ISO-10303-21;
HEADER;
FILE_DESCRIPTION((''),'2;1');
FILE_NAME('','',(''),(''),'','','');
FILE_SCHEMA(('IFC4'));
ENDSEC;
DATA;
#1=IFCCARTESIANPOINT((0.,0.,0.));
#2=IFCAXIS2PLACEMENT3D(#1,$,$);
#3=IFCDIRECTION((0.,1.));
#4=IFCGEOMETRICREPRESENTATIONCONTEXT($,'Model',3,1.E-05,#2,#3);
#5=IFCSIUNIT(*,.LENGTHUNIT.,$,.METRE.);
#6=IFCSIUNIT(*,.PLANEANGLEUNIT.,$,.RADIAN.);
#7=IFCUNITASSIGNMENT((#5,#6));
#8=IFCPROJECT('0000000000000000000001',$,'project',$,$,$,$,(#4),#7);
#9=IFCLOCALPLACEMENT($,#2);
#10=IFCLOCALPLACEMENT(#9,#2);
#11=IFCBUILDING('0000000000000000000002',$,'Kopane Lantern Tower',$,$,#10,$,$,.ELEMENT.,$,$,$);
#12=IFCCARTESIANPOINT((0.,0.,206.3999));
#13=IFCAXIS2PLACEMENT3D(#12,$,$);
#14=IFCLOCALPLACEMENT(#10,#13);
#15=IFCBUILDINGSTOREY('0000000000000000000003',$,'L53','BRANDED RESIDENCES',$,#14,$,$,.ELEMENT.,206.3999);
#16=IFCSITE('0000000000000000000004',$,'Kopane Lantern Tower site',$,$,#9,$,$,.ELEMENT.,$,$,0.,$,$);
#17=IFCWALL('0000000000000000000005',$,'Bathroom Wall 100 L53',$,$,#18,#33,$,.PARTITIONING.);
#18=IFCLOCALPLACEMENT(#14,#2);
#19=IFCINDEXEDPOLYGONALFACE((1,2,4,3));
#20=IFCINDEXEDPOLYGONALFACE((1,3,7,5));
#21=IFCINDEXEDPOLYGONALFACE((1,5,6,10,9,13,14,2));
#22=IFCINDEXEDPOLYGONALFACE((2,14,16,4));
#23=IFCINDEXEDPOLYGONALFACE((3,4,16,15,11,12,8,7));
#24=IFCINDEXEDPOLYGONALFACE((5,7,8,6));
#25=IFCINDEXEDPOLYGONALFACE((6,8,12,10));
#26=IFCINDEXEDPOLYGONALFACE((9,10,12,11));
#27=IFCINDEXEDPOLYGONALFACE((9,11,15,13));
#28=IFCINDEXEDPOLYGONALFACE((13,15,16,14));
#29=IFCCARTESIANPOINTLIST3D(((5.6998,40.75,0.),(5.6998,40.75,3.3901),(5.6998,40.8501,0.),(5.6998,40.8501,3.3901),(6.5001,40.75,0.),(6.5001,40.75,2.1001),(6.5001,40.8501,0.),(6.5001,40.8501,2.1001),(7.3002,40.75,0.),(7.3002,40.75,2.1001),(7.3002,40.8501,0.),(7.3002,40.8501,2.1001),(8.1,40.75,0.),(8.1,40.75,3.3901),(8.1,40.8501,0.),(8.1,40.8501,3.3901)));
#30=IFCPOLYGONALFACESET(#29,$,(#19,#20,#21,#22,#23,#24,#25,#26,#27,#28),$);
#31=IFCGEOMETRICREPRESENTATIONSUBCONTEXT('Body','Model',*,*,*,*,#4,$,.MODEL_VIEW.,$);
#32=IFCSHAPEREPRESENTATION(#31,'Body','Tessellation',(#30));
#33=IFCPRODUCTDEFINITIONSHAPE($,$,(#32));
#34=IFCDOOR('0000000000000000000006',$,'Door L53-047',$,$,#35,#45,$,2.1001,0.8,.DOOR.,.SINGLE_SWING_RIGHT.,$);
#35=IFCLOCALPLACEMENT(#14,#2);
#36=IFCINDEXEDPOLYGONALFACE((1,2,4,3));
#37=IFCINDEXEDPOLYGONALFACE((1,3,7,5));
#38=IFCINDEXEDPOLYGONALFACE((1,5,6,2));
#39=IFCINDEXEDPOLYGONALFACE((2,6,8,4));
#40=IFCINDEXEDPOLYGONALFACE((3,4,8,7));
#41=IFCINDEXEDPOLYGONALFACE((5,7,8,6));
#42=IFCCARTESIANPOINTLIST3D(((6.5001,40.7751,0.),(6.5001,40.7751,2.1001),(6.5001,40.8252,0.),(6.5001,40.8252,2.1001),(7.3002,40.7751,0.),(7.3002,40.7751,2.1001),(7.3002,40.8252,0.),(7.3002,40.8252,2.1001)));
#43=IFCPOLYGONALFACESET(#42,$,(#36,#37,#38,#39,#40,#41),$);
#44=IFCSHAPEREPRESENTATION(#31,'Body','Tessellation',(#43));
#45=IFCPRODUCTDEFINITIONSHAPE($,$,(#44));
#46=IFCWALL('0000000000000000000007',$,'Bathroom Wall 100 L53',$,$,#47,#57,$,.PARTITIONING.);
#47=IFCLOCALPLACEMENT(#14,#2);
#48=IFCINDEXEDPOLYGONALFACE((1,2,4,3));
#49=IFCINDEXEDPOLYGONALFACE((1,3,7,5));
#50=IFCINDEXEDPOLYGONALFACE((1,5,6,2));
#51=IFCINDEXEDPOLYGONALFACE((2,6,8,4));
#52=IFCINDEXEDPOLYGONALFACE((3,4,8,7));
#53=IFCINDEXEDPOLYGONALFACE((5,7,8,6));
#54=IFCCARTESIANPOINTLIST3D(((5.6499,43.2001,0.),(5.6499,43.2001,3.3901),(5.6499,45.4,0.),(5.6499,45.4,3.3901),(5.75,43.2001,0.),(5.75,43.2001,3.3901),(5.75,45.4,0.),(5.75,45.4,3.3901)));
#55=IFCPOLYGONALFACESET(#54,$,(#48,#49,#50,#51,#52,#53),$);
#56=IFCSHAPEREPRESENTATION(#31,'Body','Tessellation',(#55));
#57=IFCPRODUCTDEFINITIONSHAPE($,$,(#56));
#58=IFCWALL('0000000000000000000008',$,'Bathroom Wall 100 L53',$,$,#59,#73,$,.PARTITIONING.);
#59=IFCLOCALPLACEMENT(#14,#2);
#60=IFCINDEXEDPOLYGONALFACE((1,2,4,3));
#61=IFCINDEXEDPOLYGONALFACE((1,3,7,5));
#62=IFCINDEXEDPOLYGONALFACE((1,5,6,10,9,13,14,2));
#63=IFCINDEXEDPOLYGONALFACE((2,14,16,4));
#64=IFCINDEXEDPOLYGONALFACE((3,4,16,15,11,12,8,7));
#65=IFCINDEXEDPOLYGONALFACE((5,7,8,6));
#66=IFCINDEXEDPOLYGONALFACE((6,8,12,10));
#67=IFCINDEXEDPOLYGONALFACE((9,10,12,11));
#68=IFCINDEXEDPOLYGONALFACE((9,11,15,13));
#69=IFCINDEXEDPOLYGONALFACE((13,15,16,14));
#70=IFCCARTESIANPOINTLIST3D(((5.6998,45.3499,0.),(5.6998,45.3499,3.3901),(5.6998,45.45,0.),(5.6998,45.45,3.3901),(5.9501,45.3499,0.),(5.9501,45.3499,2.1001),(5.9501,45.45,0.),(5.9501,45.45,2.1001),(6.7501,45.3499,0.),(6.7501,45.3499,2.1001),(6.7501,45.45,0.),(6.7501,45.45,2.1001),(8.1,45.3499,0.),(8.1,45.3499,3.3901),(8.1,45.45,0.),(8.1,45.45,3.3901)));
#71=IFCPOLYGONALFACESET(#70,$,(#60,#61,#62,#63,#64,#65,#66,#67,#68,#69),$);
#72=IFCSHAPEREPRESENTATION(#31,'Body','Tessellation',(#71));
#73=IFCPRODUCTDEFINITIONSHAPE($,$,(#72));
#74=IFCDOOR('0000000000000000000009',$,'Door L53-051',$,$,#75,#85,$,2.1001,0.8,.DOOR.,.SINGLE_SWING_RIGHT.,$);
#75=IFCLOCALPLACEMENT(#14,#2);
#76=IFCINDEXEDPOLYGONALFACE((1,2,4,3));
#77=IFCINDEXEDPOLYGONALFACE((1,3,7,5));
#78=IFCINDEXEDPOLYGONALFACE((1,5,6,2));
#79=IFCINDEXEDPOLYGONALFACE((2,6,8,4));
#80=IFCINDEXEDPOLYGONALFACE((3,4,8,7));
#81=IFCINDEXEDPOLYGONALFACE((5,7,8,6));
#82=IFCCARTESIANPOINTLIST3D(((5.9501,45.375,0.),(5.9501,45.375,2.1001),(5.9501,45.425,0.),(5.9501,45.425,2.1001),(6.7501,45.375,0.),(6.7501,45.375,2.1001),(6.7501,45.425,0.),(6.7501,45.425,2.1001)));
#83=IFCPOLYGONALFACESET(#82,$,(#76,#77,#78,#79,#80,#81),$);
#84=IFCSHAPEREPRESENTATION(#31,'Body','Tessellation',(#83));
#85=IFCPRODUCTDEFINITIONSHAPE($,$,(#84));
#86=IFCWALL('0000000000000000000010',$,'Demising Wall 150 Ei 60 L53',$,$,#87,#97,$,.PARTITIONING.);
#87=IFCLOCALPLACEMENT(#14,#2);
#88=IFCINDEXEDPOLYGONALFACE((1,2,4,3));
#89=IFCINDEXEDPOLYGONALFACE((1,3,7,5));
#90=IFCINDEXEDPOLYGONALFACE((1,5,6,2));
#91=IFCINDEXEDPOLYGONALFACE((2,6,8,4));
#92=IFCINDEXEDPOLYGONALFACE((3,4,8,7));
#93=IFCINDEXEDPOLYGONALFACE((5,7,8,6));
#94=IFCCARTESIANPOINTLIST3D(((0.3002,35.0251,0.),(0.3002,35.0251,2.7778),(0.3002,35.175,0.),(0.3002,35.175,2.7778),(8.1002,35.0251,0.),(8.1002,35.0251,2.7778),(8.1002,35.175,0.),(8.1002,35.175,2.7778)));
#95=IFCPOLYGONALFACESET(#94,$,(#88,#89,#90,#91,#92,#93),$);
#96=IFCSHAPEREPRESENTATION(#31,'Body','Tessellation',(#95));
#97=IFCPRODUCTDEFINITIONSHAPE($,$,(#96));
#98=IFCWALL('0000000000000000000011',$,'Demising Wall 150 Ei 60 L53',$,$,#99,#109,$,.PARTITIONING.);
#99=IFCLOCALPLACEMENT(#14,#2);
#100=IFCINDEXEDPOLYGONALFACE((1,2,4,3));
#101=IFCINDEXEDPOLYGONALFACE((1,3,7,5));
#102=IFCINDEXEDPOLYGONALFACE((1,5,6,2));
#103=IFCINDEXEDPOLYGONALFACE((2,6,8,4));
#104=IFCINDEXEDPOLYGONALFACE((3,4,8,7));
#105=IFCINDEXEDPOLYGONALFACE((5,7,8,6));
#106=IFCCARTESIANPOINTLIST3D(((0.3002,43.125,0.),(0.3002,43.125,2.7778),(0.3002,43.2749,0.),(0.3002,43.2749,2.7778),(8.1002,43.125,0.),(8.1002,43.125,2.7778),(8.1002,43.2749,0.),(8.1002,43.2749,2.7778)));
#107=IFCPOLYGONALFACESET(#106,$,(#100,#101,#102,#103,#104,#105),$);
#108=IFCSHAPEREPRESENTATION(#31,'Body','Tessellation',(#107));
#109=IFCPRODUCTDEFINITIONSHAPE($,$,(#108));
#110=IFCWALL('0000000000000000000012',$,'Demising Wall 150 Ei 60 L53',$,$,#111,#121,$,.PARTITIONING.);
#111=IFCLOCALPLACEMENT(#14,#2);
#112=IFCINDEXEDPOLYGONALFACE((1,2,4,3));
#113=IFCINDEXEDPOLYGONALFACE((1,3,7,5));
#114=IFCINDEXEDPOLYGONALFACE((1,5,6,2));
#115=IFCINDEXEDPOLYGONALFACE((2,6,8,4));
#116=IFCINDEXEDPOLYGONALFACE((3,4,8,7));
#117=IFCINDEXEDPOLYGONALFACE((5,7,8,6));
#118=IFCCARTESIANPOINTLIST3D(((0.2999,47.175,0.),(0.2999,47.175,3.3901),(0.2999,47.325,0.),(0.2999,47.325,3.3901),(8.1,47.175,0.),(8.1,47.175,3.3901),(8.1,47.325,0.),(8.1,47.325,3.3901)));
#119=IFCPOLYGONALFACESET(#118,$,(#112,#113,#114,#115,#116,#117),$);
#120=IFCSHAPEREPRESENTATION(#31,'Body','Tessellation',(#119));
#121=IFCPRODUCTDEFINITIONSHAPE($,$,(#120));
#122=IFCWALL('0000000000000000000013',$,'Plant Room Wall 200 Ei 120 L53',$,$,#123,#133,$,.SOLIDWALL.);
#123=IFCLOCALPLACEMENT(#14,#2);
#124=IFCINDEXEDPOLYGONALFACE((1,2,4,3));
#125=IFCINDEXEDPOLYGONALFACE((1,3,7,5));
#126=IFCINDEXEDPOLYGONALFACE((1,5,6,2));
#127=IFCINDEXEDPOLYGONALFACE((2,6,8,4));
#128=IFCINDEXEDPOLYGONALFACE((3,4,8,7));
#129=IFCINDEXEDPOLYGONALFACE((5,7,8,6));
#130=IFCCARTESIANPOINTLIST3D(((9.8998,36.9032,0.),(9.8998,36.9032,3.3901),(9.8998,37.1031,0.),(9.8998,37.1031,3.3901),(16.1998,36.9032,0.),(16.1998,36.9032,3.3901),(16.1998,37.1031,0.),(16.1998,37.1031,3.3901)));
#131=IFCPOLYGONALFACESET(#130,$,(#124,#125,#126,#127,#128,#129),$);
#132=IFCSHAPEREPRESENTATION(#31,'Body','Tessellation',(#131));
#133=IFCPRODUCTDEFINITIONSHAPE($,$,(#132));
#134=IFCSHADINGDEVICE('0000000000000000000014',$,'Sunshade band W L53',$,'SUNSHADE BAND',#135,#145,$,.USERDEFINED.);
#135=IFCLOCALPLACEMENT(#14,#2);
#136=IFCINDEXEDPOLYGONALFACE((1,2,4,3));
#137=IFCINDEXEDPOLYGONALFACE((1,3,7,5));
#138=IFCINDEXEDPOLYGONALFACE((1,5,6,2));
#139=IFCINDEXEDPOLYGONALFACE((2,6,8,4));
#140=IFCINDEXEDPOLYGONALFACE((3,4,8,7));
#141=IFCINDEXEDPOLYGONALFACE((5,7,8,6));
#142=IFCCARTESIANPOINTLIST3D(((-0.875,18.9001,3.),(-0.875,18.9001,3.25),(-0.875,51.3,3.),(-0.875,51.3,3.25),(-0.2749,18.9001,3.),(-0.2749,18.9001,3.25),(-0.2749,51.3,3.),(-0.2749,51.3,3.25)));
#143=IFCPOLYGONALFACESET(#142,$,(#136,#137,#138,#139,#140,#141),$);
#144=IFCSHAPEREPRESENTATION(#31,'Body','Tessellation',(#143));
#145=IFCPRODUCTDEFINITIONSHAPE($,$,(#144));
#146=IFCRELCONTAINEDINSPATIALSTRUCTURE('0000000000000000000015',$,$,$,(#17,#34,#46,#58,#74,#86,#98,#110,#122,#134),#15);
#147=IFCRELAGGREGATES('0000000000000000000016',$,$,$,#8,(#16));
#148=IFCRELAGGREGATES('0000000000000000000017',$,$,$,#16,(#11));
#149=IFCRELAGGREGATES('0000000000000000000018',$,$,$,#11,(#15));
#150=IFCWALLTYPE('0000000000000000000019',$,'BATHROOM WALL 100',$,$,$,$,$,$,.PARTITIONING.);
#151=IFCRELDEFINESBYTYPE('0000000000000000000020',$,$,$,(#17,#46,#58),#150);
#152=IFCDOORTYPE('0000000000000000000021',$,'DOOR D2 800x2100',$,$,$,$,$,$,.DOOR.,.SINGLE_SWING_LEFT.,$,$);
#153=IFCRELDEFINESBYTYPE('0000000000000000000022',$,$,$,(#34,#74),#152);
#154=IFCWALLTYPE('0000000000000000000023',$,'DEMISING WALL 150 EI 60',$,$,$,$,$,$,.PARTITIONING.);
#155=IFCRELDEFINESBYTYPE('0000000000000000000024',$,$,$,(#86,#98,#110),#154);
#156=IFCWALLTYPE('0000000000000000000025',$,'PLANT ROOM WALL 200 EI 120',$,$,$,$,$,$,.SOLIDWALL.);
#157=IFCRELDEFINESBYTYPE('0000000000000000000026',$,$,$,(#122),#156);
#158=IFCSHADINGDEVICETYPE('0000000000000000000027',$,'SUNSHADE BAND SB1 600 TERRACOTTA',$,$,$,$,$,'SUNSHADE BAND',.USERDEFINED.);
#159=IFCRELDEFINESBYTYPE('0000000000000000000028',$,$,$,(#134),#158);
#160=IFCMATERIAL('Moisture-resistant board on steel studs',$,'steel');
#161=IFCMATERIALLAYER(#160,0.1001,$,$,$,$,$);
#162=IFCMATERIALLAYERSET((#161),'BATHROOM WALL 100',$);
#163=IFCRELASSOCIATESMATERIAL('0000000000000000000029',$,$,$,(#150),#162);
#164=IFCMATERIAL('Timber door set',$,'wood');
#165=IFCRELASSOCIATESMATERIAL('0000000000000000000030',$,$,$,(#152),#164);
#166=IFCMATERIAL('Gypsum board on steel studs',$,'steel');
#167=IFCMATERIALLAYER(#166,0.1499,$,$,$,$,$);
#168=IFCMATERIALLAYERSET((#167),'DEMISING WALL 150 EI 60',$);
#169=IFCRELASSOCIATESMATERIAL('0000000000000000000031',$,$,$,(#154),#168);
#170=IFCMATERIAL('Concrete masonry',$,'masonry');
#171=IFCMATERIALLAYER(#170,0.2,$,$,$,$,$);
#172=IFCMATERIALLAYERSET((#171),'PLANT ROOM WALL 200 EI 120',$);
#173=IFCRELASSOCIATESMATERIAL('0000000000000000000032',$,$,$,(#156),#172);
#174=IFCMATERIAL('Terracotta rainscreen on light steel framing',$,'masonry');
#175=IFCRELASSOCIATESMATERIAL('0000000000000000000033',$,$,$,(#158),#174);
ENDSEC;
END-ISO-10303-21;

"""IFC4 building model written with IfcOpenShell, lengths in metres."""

from ifc_helpers import new_model, si_unit, direction, frame, frame_2d, origin, origin_2d, place, context, subcontext, project, spatial, rectangle, extrude, material, layer, layer_set, type_object, element, fill, save


model = new_model("IFC4")

# Units and contexts
model_context = context("Model", 3, precision=1e-05, world=origin(), true_north=direction((0.0, 1.0)))
body_context = subcontext(model_context, "Body", "Model", "MODEL_VIEW")
ifc_project = project(units=[si_unit("LENGTHUNIT", "METRE"), si_unit("PLANEANGLEUNIT", "RADIAN")], contexts=[model_context])

# Site, building, storey
site_placement = place(None, origin())
site = spatial("IfcSite", under=ifc_project, at=site_placement, Name="Kopane Lantern Tower site", CompositionType="ELEMENT", RefElevation=0.0)
building_placement = place(site_placement, origin())
building = spatial("IfcBuilding", under=site, at=building_placement, Name="Kopane Lantern Tower", CompositionType="ELEMENT")
storey_placement = place(building_placement, frame((0.0, 0.0, 206.3999)))
storey = spatial("IfcBuildingStorey", under=building, at=storey_placement, Name="L53", Description="BRANDED RESIDENCES", CompositionType="ELEMENT", Elevation=206.3999)

# Wall, opening, door
ifc_material_1 = material(Name="Moisture-resistant board on steel studs", Category="steel")
ifc_layer_1 = layer(ifc_material_1, 0.1001)
ifc_layer_set_1 = layer_set([ifc_layer_1], Name="BATHROOM WALL 100")
wall_type_1 = type_object("IfcWallType", Name="BATHROOM WALL 100", PredefinedType="PARTITIONING", material=ifc_layer_set_1)
ifc_material_2 = material(Name="Timber door set", Category="wood")
door_type = type_object("IfcDoorType", Name="DOOR D2 800x2100", OperationType="SINGLE_SWING_LEFT", PredefinedType="DOOR", material=ifc_material_2)
wall_1_placement = place(storey_placement, frame((8.1001, 40.8, 0.0), z_axis=(0.0, 0.0, 1.0), x_axis=(-1.0, 0.0, 0.0)))
wall_1 = element("IfcWall", 1, at=wall_1_placement, inside=storey, type_object=wall_type_1, Name="Bathroom Wall 100 L53", PredefinedType="PARTITIONING", context=body_context, shape_type="SweptSolid", body=[
    extrude(rectangle(XDim=2.4001, YDim=0.1001, at=frame_2d((1.2002, 0.0))), origin(), (0.0, 0.0, 1.0), 3.3901),
])
opening_1_placement = place(wall_1_placement, frame((0.8, 0.0, 0.0)))
opening_1 = element("IfcOpeningElement", 2, at=opening_1_placement, cuts=wall_1, PredefinedType="OPENING", context=body_context, shape_type="SweptSolid", body=[
    extrude(rectangle(XDim=0.8, YDim=2.1001, at=frame_2d((0.3999, 1.05))), frame((0.0, 0.0601, 0.0), z_axis=(0.0, -1.0, 0.0), x_axis=(1.0, 0.0, 0.0)), (0.0, 0.0, 1.0), 0.1201),
])
door_1_placement = place(opening_1_placement, origin())
door_1 = element("IfcDoor", 3, at=door_1_placement, inside=storey, type_object=door_type, Name="Door L53-047", OperationType="SINGLE_SWING_RIGHT", OverallHeight=2.1001, OverallWidth=0.8, PredefinedType="DOOR", context=body_context, shape_type="SweptSolid", body=[
    extrude(rectangle(XDim=0.8, YDim=2.1001, at=frame_2d((0.3999, 1.05))), frame((0.0, 0.0249, 0.0), z_axis=(0.0, -1.0, 0.0), x_axis=(1.0, 0.0, 0.0)), (0.0, 0.0, 1.0), 0.05),
])
fill(opening_1, door_1)

# Wall
wall_2_placement = place(storey_placement, frame((5.7, 43.2, 0.0), z_axis=(0.0, 0.0, 1.0), x_axis=(0.0, 1.0, 0.0)))
element("IfcWall", 4, at=wall_2_placement, inside=storey, type_object=wall_type_1, Name="Bathroom Wall 100 L53", PredefinedType="PARTITIONING", context=body_context, shape_type="SweptSolid", body=[
    extrude(rectangle(XDim=2.2, YDim=0.1001, at=frame_2d((1.1001, 0.0))), origin(), (0.0, 0.0, 1.0), 3.3901),
])

# Wall, opening, door
wall_3_placement = place(storey_placement, frame((8.1001, 45.3999, 0.0), z_axis=(0.0, 0.0, 1.0), x_axis=(-1.0, 0.0, 0.0)))
wall_3 = element("IfcWall", 5, at=wall_3_placement, inside=storey, type_object=wall_type_1, Name="Bathroom Wall 100 L53", PredefinedType="PARTITIONING", context=body_context, shape_type="SweptSolid", body=[
    extrude(rectangle(XDim=2.4001, YDim=0.1001, at=frame_2d((1.2002, 0.0))), origin(), (0.0, 0.0, 1.0), 3.3901),
])
opening_2_placement = place(wall_3_placement, frame((1.3501, 0.0, 0.0)))
opening_2 = element("IfcOpeningElement", 6, at=opening_2_placement, cuts=wall_3, PredefinedType="OPENING", context=body_context, shape_type="SweptSolid", body=[
    extrude(rectangle(XDim=0.8, YDim=2.1001, at=frame_2d((0.3999, 1.05))), frame((0.0, 0.0601, 0.0), z_axis=(0.0, -1.0, 0.0), x_axis=(1.0, 0.0, 0.0)), (0.0, 0.0, 1.0), 0.1201),
])
door_2_placement = place(opening_2_placement, origin())
door_2 = element("IfcDoor", 7, at=door_2_placement, inside=storey, type_object=door_type, Name="Door L53-051", OperationType="SINGLE_SWING_RIGHT", OverallHeight=2.1001, OverallWidth=0.8, PredefinedType="DOOR", context=body_context, shape_type="SweptSolid", body=[
    extrude(rectangle(XDim=0.8, YDim=2.1001, at=frame_2d((0.3999, 1.05))), frame((0.0, 0.0249, 0.0), z_axis=(0.0, -1.0, 0.0), x_axis=(1.0, 0.0, 0.0)), (0.0, 0.0, 1.0), 0.05),
])
fill(opening_2, door_2)

# Walls
ifc_material_3 = material(Name="Gypsum board on steel studs", Category="steel")
ifc_layer_2 = layer(ifc_material_3, 0.1499)
ifc_layer_set_2 = layer_set([ifc_layer_2], Name="DEMISING WALL 150 EI 60")
wall_type_2 = type_object("IfcWallType", Name="DEMISING WALL 150 EI 60", PredefinedType="PARTITIONING", material=ifc_layer_set_2)
for number, where, z_axis, x_axis, name in (
    (8, (8.1001, 35.1001, 0.0), (0.0, 0.0, 1.0), (-1.0, 0.0, 0.0), "Demising Wall 150 Ei 60 L53"),
    (9, (8.1001, 43.2, 0.0), (0.0, 0.0, 1.0), (-1.0, 0.0, 0.0), "Demising Wall 150 Ei 60 L53"),
):
    element("IfcWall", number, at=place(storey_placement, frame(where, z_axis=z_axis, x_axis=x_axis)), inside=storey, type_object=wall_type_2, Name=name, PredefinedType="PARTITIONING", context=body_context, shape_type="SweptSolid", body=[
        extrude(rectangle(XDim=7.8, YDim=0.1499, at=frame_2d((3.8999, 0.0))), origin(), (0.0, 0.0, 1.0), 2.7778),
    ])
wall_4_placement = place(storey_placement, frame((0.3, 47.25, 0.0), z_axis=(0.0, 0.0, 1.0), x_axis=(1.0, 0.0, 0.0)))
element("IfcWall", 10, at=wall_4_placement, inside=storey, type_object=wall_type_2, Name="Demising Wall 150 Ei 60 L53", PredefinedType="PARTITIONING", context=body_context, shape_type="SweptSolid", body=[
    extrude(rectangle(XDim=7.8, YDim=0.1499, at=frame_2d((3.8999, 0.0))), origin(), (0.0, 0.0, 1.0), 3.3901),
])
ifc_material_4 = material(Name="Concrete masonry", Category="masonry")
ifc_layer_3 = layer(ifc_material_4, 0.2)
ifc_layer_set_3 = layer_set([ifc_layer_3], Name="PLANT ROOM WALL 200 EI 120")
wall_type_3 = type_object("IfcWallType", Name="PLANT ROOM WALL 200 EI 120", PredefinedType="SOLIDWALL", material=ifc_layer_set_3)
wall_5_placement = place(storey_placement, frame((9.8999, 37.0032, 0.0), z_axis=(0.0, 0.0, 1.0), x_axis=(1.0, 0.0, 0.0)))
element("IfcWall", 11, at=wall_5_placement, inside=storey, type_object=wall_type_3, Name="Plant Room Wall 200 Ei 120 L53", PredefinedType="SOLIDWALL", context=body_context, shape_type="SweptSolid", body=[
    extrude(rectangle(XDim=6.3, YDim=0.2, at=frame_2d((3.1499, 0.0))), origin(), (0.0, 0.0, 1.0), 3.3901),
])

# Shading device
ifc_material_5 = material(Name="Terracotta rainscreen on light steel framing", Category="masonry")
shading_device_type = type_object("IfcShadingDeviceType", Name="SUNSHADE BAND SB1 600 TERRACOTTA", ElementType="SUNSHADE BAND", PredefinedType="USERDEFINED", material=ifc_material_5)
shading_device_placement = place(storey_placement, frame((-0.575, 35.1001, 3.0), z_axis=(0.0, 0.0, 1.0), x_axis=(0.0, -1.0, 0.0)))
element("IfcShadingDevice", 12, at=shading_device_placement, inside=storey, type_object=shading_device_type, Name="Sunshade band W L53", ObjectType="SUNSHADE BAND", PredefinedType="USERDEFINED", context=body_context, shape_type="SweptSolid", body=[
    extrude(rectangle(XDim=32.3999, YDim=0.6001, at=origin_2d()), origin(), (0.0, 0.0, 1.0), 0.25),
])

save(model, "model.ifc")
